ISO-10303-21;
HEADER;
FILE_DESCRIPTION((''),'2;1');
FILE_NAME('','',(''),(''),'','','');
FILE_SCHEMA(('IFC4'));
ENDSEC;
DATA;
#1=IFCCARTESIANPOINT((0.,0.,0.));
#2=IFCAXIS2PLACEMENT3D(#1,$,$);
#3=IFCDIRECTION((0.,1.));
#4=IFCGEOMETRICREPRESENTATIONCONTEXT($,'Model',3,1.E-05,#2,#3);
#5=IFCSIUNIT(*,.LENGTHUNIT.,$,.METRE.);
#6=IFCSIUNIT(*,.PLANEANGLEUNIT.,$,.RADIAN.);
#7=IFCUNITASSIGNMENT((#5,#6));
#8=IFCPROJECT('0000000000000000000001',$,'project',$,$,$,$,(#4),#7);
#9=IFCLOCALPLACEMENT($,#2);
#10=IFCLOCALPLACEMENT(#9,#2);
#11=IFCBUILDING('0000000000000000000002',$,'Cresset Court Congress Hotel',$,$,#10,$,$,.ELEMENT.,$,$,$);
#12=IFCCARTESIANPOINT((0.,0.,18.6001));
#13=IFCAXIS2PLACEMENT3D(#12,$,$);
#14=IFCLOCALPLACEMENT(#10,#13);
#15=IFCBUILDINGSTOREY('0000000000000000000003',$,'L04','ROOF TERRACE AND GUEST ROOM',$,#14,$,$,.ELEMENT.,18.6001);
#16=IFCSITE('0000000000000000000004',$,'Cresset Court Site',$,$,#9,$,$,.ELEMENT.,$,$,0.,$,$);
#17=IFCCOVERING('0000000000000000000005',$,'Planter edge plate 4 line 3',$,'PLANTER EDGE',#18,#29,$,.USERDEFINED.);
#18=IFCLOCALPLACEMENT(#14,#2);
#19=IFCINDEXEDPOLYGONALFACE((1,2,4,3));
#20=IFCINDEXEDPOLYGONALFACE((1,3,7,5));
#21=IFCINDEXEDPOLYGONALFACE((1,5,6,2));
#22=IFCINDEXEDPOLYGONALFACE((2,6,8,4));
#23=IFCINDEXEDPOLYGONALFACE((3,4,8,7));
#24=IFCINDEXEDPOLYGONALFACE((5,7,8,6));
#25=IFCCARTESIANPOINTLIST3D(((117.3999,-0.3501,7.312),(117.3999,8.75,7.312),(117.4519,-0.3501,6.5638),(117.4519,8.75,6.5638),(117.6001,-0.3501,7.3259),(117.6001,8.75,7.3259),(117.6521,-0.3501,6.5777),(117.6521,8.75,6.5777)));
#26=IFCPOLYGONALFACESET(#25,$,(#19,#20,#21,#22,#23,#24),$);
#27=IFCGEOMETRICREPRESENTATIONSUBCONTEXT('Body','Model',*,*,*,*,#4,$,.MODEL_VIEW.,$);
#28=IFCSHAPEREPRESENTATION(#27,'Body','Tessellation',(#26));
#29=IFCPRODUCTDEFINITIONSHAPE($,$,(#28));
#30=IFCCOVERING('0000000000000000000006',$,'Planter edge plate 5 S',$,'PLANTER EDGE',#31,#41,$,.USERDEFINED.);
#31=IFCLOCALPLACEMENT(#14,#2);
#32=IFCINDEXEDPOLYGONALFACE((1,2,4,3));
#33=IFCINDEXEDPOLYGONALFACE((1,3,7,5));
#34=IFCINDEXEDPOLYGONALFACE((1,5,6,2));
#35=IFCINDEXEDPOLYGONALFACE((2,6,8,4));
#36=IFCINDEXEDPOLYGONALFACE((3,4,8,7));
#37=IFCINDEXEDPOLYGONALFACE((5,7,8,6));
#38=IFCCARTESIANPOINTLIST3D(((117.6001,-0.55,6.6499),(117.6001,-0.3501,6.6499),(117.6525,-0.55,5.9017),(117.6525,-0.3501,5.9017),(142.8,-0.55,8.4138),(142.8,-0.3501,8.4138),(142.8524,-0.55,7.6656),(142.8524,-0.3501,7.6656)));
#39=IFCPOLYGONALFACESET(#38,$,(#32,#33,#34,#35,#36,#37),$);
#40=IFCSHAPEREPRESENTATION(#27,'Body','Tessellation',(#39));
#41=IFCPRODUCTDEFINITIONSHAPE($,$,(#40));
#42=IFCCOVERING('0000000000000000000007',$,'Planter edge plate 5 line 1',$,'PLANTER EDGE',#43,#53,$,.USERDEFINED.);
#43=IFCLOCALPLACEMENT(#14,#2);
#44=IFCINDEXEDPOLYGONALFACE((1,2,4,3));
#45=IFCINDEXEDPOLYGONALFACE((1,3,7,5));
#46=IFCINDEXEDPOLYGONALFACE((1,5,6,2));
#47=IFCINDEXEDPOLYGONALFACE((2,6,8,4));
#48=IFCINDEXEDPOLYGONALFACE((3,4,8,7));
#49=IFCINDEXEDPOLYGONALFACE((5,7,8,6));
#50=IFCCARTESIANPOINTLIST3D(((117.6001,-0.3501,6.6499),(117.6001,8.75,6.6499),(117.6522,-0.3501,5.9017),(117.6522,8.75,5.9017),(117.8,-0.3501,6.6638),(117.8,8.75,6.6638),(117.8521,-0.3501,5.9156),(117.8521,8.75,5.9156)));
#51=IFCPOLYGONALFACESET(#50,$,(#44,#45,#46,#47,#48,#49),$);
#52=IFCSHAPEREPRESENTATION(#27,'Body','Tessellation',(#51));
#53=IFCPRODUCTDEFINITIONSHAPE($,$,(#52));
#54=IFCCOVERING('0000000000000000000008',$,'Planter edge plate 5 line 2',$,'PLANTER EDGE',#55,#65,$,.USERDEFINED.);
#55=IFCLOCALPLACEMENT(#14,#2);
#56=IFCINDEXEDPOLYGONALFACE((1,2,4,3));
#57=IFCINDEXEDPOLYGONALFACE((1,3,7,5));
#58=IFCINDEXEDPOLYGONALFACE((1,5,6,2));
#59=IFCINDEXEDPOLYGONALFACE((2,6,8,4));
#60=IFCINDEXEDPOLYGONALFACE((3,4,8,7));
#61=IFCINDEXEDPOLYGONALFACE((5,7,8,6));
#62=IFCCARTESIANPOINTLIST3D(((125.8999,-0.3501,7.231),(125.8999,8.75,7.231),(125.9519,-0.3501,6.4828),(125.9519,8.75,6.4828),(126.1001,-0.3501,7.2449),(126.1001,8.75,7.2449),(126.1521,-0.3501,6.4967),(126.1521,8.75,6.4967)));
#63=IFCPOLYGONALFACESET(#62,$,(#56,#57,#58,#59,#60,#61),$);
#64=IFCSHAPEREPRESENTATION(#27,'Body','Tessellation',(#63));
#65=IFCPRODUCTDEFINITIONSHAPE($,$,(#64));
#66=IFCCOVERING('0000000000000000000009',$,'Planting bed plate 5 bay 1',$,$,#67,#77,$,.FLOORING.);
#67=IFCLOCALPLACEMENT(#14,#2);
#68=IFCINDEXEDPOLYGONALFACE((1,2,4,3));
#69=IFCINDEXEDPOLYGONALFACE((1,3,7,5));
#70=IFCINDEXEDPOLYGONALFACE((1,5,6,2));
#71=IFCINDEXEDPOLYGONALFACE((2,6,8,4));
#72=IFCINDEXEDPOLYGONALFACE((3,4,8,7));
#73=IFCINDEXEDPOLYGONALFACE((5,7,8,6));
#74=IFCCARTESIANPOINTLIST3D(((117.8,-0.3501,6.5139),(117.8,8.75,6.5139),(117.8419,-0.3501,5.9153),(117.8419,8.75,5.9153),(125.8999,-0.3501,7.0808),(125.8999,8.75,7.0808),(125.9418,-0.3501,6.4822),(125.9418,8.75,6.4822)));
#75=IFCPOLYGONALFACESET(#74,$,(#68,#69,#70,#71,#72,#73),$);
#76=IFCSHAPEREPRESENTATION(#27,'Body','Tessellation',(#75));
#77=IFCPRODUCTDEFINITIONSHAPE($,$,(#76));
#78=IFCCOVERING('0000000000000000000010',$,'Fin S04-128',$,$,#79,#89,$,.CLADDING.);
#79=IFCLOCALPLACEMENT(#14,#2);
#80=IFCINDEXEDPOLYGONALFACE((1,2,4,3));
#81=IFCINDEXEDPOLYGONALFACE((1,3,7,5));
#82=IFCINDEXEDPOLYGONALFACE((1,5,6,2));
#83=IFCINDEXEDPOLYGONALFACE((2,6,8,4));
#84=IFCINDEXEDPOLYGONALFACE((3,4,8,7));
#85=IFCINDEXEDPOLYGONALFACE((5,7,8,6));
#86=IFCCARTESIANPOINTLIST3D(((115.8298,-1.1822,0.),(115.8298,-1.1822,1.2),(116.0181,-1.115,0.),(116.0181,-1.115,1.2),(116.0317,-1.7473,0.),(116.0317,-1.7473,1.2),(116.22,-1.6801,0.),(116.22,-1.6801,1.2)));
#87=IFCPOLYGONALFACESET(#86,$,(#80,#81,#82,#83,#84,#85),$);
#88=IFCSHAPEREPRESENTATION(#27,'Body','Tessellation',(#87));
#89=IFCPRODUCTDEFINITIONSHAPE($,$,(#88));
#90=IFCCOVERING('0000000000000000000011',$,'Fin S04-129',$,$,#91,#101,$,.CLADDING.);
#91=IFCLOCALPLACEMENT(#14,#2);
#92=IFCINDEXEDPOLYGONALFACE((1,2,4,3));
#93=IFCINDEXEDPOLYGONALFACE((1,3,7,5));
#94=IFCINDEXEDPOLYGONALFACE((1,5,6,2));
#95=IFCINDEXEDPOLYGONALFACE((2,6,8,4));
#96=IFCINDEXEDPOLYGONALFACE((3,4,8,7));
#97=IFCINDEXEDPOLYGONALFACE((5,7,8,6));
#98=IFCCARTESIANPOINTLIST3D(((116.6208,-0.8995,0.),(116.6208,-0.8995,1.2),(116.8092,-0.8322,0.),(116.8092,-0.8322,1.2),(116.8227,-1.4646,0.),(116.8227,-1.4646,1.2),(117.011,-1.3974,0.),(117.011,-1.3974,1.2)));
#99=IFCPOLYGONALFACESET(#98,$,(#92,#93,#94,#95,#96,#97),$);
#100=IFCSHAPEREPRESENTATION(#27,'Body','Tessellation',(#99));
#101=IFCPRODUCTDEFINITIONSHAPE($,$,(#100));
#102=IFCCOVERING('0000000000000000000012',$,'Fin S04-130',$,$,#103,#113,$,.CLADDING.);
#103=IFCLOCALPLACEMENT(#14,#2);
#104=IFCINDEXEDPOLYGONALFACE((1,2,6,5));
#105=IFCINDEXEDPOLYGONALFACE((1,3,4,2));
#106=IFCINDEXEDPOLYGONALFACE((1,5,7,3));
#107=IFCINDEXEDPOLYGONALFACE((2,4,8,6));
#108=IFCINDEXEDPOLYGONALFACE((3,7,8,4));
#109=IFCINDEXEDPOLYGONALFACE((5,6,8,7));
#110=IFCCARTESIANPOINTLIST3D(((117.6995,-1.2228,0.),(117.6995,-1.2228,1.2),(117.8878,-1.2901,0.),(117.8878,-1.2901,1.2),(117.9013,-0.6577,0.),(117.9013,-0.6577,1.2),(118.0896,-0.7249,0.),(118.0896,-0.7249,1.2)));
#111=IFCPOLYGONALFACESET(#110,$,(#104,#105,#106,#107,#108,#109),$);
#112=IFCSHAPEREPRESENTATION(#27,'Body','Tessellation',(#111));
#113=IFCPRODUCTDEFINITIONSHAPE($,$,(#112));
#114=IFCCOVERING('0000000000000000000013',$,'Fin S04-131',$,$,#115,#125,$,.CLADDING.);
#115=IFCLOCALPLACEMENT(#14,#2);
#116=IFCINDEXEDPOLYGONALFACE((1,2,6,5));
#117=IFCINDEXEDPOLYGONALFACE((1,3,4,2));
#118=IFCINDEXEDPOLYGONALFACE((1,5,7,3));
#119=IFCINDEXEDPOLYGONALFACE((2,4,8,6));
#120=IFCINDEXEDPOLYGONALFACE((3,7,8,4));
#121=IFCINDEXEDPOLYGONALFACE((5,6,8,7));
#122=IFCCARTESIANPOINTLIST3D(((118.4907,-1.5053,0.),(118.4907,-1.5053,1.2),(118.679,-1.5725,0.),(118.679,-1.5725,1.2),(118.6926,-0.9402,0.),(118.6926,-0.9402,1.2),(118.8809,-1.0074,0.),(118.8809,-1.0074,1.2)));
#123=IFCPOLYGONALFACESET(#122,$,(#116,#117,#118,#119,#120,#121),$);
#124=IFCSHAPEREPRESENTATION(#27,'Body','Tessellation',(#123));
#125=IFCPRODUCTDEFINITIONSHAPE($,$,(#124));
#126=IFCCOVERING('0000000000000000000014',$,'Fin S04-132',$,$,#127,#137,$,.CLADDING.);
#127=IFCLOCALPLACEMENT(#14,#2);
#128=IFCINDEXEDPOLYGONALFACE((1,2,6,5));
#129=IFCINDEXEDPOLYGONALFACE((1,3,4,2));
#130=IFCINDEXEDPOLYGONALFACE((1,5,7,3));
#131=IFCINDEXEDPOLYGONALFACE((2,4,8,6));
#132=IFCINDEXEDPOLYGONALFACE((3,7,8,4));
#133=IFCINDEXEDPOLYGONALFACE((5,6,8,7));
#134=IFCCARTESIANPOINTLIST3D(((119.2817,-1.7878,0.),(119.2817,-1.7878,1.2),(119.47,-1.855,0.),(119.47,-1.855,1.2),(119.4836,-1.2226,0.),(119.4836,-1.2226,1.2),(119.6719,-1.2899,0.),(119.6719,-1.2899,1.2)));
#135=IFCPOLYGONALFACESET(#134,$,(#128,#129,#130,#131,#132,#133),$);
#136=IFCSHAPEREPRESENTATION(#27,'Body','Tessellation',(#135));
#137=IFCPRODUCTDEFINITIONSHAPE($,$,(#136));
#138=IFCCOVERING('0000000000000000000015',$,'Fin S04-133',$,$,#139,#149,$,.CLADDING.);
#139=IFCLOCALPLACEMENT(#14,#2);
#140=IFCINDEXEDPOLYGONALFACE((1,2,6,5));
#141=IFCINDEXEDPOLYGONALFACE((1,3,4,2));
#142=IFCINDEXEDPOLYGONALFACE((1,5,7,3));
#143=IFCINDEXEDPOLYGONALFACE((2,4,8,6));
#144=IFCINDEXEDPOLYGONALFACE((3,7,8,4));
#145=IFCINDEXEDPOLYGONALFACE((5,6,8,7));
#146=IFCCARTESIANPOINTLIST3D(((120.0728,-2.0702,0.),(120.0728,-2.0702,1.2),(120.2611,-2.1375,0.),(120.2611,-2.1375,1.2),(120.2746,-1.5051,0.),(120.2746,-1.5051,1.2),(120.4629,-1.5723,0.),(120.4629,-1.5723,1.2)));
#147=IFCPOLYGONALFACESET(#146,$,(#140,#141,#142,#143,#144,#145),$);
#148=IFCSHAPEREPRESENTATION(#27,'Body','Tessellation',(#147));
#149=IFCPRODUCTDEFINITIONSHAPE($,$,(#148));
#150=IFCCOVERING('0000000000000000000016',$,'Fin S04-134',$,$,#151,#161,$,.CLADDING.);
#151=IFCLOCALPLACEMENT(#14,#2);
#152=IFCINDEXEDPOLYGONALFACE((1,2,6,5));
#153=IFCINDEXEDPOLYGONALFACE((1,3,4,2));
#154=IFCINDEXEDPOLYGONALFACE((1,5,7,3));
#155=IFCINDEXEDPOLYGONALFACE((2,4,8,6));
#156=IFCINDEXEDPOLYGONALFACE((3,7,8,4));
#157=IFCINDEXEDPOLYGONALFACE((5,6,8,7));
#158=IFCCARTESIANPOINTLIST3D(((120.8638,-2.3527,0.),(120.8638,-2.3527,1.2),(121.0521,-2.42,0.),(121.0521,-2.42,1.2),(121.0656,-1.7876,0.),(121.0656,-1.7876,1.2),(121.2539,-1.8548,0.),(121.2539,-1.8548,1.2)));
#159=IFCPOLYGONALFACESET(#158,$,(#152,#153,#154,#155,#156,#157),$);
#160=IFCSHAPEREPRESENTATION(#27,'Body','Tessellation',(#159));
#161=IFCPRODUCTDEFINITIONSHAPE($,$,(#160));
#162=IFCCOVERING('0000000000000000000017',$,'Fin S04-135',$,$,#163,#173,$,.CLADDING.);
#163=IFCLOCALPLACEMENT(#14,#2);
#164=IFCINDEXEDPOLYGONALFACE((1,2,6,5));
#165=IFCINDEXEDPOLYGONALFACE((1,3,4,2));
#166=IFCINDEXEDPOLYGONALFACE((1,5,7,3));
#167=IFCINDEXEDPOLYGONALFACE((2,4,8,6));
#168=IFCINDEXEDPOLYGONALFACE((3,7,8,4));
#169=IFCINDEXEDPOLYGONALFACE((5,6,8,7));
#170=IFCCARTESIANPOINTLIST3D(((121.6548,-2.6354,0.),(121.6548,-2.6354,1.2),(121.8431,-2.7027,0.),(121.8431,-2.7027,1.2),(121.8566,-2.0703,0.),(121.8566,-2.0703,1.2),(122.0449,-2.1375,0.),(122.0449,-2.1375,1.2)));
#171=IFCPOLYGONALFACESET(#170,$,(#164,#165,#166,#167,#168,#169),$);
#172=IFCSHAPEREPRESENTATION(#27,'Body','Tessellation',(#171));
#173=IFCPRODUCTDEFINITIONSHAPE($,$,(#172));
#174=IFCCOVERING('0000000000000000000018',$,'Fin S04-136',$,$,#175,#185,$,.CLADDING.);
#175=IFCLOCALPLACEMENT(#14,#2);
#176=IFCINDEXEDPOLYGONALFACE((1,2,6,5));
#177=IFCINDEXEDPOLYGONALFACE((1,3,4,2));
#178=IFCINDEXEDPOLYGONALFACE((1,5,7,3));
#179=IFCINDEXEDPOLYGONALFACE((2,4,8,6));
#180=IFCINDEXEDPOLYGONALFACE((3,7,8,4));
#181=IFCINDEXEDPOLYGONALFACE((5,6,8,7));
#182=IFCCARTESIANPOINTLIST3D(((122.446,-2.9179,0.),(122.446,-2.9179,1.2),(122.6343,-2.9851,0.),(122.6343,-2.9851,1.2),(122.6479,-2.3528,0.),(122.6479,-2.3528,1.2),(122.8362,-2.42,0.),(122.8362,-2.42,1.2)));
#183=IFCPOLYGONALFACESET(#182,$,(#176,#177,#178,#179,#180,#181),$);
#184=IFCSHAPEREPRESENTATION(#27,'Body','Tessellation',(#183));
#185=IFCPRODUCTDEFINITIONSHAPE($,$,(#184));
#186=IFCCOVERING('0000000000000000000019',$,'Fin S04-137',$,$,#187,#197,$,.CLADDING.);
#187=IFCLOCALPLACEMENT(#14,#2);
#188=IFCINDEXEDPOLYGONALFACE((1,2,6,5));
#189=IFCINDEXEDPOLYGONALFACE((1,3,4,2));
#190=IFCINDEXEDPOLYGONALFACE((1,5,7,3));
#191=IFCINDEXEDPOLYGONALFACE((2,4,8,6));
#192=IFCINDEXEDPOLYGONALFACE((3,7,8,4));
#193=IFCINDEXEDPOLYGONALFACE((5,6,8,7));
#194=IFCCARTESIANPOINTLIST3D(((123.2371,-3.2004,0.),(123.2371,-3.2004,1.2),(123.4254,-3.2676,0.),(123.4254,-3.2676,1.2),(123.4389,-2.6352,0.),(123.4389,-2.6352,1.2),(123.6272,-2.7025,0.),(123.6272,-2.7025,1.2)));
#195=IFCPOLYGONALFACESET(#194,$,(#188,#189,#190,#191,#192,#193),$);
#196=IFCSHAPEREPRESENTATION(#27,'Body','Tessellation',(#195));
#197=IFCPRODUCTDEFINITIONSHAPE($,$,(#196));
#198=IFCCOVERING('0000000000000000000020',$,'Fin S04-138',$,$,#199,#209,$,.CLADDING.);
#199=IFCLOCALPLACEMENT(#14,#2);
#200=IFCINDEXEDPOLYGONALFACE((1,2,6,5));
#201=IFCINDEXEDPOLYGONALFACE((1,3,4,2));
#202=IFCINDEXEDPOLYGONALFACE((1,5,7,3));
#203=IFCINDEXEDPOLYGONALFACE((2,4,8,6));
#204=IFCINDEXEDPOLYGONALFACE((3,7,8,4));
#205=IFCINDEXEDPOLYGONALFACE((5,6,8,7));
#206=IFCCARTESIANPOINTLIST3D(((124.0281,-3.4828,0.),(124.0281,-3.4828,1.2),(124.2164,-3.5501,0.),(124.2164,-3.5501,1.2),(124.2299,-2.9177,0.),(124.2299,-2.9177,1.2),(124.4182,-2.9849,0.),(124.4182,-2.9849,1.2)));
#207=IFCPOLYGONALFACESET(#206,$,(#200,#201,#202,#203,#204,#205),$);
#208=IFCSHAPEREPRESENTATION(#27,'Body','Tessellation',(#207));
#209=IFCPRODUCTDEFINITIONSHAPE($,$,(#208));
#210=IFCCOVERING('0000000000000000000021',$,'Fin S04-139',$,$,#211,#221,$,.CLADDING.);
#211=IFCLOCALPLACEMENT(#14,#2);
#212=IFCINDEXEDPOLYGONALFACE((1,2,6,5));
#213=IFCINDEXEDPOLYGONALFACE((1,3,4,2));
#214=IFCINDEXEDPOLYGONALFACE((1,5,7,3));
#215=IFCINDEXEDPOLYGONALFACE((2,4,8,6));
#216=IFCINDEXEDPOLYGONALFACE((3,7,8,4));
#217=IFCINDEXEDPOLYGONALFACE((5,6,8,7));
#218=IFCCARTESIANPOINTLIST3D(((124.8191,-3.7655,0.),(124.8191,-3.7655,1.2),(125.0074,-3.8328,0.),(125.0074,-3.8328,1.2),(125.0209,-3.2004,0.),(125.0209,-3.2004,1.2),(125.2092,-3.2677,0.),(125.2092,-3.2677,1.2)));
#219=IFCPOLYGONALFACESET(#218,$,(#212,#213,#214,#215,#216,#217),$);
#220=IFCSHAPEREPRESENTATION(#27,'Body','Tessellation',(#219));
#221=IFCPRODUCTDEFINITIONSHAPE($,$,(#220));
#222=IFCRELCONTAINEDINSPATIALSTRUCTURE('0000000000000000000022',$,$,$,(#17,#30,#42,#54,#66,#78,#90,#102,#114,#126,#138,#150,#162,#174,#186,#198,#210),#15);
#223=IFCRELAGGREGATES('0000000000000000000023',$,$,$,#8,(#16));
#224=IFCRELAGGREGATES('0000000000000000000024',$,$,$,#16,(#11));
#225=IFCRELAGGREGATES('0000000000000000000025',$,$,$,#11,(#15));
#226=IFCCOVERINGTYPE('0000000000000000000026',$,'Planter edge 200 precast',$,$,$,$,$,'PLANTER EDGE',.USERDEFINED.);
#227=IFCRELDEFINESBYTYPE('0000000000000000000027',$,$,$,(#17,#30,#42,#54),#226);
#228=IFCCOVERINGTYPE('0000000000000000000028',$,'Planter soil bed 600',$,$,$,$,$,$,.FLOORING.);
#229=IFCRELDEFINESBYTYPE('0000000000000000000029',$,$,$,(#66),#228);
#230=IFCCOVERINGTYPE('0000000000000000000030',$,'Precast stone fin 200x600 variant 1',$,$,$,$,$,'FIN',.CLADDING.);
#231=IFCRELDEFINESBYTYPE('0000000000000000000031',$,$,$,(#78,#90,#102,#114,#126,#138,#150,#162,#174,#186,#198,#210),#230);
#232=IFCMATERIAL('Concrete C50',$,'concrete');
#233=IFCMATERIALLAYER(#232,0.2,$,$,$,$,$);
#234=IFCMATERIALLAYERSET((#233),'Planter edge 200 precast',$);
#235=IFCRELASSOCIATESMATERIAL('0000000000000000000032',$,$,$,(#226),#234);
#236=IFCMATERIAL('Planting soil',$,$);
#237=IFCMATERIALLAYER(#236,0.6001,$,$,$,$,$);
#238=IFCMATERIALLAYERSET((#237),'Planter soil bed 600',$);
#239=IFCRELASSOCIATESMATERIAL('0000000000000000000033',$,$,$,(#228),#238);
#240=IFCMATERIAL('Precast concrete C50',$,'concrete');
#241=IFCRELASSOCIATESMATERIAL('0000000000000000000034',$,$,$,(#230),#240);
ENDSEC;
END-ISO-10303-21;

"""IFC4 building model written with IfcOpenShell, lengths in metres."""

from ifc_helpers import new_model, si_unit, direction, frame, origin, origin_2d, place, context, subcontext, project, spatial, polyline, rectangle, outline, extrude, material, layer, layer_set, type_object, element, save


model = new_model("IFC4")

# Units and contexts
model_context = context("Model", 3, precision=1e-05, world=origin(), true_north=direction((0.0, 1.0)))
body_context = subcontext(model_context, "Body", "Model", "MODEL_VIEW")
ifc_project = project(units=[si_unit("LENGTHUNIT", "METRE"), si_unit("PLANEANGLEUNIT", "RADIAN")], contexts=[model_context])

# Site, building, storey
site_placement = place(None, origin())
site = spatial("IfcSite", under=ifc_project, at=site_placement, Name="Cresset Court Site", CompositionType="ELEMENT", RefElevation=0.0)
building_placement = place(site_placement, origin())
building = spatial("IfcBuilding", under=site, at=building_placement, Name="Cresset Court Congress Hotel", CompositionType="ELEMENT")
storey_placement = place(building_placement, frame((0.0, 0.0, 18.6001)))
storey = spatial("IfcBuildingStorey", under=building, at=storey_placement, Name="L04", Description="ROOF TERRACE AND GUEST ROOM", CompositionType="ELEMENT", Elevation=18.6001)

# Coverings
ifc_material_1 = material(Name="Concrete C50", Category="concrete")
ifc_layer_1 = layer(ifc_material_1, 0.2)
ifc_layer_set_1 = layer_set([ifc_layer_1], Name="Planter edge 200 precast")
covering_type_1 = type_object("IfcCoveringType", Name="Planter edge 200 precast", ElementType="PLANTER EDGE", PredefinedType="USERDEFINED", material=ifc_layer_set_1)
covering_1_placement = place(storey_placement, frame((117.3999, -0.3501, 7.312), z_axis=(-0.069345, 0.0, 0.997593), x_axis=(0.997593, 0.0, 0.069345)))
element("IfcCovering", 1, at=covering_1_placement, inside=storey, type_object=covering_type_1, Name="Planter edge plate 4 line 3", ObjectType="PLANTER EDGE", PredefinedType="USERDEFINED", context=body_context, shape_type="SweptSolid", body=[
    extrude(outline(polyline([(0.0, 0.0), (0.2007, 0.0), (0.2007, 9.1001), (0.0, 9.1001), (0.0, 0.0)])), origin(), (0.0, 0.0, -1.0), 0.75),
])
covering_2_placement = place(storey_placement, frame((117.6001, -0.55, 6.6499), z_axis=(-0.069826, 0.0, 0.997559), x_axis=(0.997559, 0.0, 0.069826)))
element("IfcCovering", 2, at=covering_2_placement, inside=storey, type_object=covering_type_1, Name="Planter edge plate 5 S", ObjectType="PLANTER EDGE", PredefinedType="USERDEFINED", context=body_context, shape_type="SweptSolid", body=[
    extrude(outline(polyline([(0.0, 0.0), (25.2616, 0.0), (25.2616, 0.2), (0.0, 0.2), (0.0, 0.0)])), origin(), (0.0, 0.0, -1.0), 0.75),
])
covering_3_placement = place(storey_placement, frame((117.6001, -0.3501, 6.6499), z_axis=(-0.069429, 0.0, 0.997587), x_axis=(0.997587, 0.0, 0.069429)))
element("IfcCovering", 3, at=covering_3_placement, inside=storey, type_object=covering_type_1, Name="Planter edge plate 5 line 1", ObjectType="PLANTER EDGE", PredefinedType="USERDEFINED", context=body_context, shape_type="SweptSolid", body=[
    extrude(outline(polyline([(0.0, 0.0), (0.2004, 0.0), (0.2004, 9.1001), (0.0, 9.1001), (0.0, 0.0)])), origin(), (0.0, 0.0, -1.0), 0.75),
])
covering_4_placement = place(storey_placement, frame((125.8999, -0.3501, 7.231), z_axis=(-0.069345, 0.0, 0.997593), x_axis=(0.997593, 0.0, 0.069345)))
element("IfcCovering", 4, at=covering_4_placement, inside=storey, type_object=covering_type_1, Name="Planter edge plate 5 line 2", ObjectType="PLANTER EDGE", PredefinedType="USERDEFINED", context=body_context, shape_type="SweptSolid", body=[
    extrude(outline(polyline([(0.0, 0.0), (0.2007, 0.0), (0.2007, 9.1001), (0.0, 9.1001), (0.0, 0.0)])), origin(), (0.0, 0.0, -1.0), 0.75),
])
ifc_material_2 = material(Name="Planting soil")
ifc_layer_2 = layer(ifc_material_2, 0.6001)
ifc_layer_set_2 = layer_set([ifc_layer_2], Name="Planter soil bed 600")
covering_type_2 = type_object("IfcCoveringType", Name="Planter soil bed 600", PredefinedType="FLOORING", material=ifc_layer_set_2)
covering_5_placement = place(storey_placement, frame((117.8, -0.3501, 6.5139), z_axis=(-0.069817, 0.0, 0.99756), x_axis=(0.99756, 0.0, 0.069817)))
element("IfcCovering", 5, at=covering_5_placement, inside=storey, type_object=covering_type_2, Name="Planting bed plate 5 bay 1", PredefinedType="FLOORING", context=body_context, shape_type="SweptSolid", body=[
    extrude(outline(polyline([(0.0, 0.0), (8.1197, 0.0), (8.1197, 9.1001), (0.0, 9.1001), (0.0, 0.0)])), origin(), (0.0, 0.0, -1.0), 0.6001),
])
ifc_material_3 = material(Name="Precast concrete C50", Category="concrete")
covering_type_3 = type_object("IfcCoveringType", Name="Precast stone fin 200x600 variant 1", ElementType="FIN", PredefinedType="CLADDING", material=ifc_material_3)
for number, where, z_axis, x_axis, name in (
    (6, (116.0249, -1.4312, 0.0), (0.0, 0.0, 1.0), (0.941742, 0.336336, 0.0), "Fin S04-128"),
    (7, (116.8159, -1.1484, 0.0), (0.0, 0.0, 1.0), (0.941742, 0.336336, 0.0), "Fin S04-129"),
    (8, (117.8945, -0.9739, 0.0), (0.0, 0.0, 1.0), (0.941742, -0.336336, 0.0), "Fin S04-130"),
    (9, (118.6858, -1.2563, 0.0), (0.0, 0.0, 1.0), (0.941742, -0.336336, 0.0), "Fin S04-131"),
    (10, (119.4768, -1.5388, 0.0), (0.0, 0.0, 1.0), (0.941742, -0.336336, 0.0), "Fin S04-132"),
    (11, (120.2678, -1.8213, 0.0), (0.0, 0.0, 1.0), (0.941742, -0.336336, 0.0), "Fin S04-133"),
    (12, (121.0588, -2.1038, 0.0), (0.0, 0.0, 1.0), (0.941742, -0.336336, 0.0), "Fin S04-134"),
    (13, (121.8499, -2.3865, 0.0), (0.0, 0.0, 1.0), (0.941742, -0.336336, 0.0), "Fin S04-135"),
    (14, (122.6411, -2.6689, 0.0), (0.0, 0.0, 1.0), (0.941742, -0.336336, 0.0), "Fin S04-136"),
    (15, (123.4321, -2.9514, 0.0), (0.0, 0.0, 1.0), (0.941742, -0.336336, 0.0), "Fin S04-137"),
    (16, (124.2231, -3.2339, 0.0), (0.0, 0.0, 1.0), (0.941742, -0.336336, 0.0), "Fin S04-138"),
    (17, (125.0142, -3.5166, 0.0), (0.0, 0.0, 1.0), (0.941742, -0.336336, 0.0), "Fin S04-139"),
):
    element("IfcCovering", number, at=place(storey_placement, frame(where, z_axis=z_axis, x_axis=x_axis)), inside=storey, type_object=covering_type_3, Name=name, PredefinedType="CLADDING", context=body_context, shape_type="SweptSolid", body=[
        extrude(rectangle(XDim=0.2, YDim=0.6001, at=origin_2d()), origin(), (0.0, 0.0, 1.0), 1.2),
    ])

save(model, "model.ifc")
